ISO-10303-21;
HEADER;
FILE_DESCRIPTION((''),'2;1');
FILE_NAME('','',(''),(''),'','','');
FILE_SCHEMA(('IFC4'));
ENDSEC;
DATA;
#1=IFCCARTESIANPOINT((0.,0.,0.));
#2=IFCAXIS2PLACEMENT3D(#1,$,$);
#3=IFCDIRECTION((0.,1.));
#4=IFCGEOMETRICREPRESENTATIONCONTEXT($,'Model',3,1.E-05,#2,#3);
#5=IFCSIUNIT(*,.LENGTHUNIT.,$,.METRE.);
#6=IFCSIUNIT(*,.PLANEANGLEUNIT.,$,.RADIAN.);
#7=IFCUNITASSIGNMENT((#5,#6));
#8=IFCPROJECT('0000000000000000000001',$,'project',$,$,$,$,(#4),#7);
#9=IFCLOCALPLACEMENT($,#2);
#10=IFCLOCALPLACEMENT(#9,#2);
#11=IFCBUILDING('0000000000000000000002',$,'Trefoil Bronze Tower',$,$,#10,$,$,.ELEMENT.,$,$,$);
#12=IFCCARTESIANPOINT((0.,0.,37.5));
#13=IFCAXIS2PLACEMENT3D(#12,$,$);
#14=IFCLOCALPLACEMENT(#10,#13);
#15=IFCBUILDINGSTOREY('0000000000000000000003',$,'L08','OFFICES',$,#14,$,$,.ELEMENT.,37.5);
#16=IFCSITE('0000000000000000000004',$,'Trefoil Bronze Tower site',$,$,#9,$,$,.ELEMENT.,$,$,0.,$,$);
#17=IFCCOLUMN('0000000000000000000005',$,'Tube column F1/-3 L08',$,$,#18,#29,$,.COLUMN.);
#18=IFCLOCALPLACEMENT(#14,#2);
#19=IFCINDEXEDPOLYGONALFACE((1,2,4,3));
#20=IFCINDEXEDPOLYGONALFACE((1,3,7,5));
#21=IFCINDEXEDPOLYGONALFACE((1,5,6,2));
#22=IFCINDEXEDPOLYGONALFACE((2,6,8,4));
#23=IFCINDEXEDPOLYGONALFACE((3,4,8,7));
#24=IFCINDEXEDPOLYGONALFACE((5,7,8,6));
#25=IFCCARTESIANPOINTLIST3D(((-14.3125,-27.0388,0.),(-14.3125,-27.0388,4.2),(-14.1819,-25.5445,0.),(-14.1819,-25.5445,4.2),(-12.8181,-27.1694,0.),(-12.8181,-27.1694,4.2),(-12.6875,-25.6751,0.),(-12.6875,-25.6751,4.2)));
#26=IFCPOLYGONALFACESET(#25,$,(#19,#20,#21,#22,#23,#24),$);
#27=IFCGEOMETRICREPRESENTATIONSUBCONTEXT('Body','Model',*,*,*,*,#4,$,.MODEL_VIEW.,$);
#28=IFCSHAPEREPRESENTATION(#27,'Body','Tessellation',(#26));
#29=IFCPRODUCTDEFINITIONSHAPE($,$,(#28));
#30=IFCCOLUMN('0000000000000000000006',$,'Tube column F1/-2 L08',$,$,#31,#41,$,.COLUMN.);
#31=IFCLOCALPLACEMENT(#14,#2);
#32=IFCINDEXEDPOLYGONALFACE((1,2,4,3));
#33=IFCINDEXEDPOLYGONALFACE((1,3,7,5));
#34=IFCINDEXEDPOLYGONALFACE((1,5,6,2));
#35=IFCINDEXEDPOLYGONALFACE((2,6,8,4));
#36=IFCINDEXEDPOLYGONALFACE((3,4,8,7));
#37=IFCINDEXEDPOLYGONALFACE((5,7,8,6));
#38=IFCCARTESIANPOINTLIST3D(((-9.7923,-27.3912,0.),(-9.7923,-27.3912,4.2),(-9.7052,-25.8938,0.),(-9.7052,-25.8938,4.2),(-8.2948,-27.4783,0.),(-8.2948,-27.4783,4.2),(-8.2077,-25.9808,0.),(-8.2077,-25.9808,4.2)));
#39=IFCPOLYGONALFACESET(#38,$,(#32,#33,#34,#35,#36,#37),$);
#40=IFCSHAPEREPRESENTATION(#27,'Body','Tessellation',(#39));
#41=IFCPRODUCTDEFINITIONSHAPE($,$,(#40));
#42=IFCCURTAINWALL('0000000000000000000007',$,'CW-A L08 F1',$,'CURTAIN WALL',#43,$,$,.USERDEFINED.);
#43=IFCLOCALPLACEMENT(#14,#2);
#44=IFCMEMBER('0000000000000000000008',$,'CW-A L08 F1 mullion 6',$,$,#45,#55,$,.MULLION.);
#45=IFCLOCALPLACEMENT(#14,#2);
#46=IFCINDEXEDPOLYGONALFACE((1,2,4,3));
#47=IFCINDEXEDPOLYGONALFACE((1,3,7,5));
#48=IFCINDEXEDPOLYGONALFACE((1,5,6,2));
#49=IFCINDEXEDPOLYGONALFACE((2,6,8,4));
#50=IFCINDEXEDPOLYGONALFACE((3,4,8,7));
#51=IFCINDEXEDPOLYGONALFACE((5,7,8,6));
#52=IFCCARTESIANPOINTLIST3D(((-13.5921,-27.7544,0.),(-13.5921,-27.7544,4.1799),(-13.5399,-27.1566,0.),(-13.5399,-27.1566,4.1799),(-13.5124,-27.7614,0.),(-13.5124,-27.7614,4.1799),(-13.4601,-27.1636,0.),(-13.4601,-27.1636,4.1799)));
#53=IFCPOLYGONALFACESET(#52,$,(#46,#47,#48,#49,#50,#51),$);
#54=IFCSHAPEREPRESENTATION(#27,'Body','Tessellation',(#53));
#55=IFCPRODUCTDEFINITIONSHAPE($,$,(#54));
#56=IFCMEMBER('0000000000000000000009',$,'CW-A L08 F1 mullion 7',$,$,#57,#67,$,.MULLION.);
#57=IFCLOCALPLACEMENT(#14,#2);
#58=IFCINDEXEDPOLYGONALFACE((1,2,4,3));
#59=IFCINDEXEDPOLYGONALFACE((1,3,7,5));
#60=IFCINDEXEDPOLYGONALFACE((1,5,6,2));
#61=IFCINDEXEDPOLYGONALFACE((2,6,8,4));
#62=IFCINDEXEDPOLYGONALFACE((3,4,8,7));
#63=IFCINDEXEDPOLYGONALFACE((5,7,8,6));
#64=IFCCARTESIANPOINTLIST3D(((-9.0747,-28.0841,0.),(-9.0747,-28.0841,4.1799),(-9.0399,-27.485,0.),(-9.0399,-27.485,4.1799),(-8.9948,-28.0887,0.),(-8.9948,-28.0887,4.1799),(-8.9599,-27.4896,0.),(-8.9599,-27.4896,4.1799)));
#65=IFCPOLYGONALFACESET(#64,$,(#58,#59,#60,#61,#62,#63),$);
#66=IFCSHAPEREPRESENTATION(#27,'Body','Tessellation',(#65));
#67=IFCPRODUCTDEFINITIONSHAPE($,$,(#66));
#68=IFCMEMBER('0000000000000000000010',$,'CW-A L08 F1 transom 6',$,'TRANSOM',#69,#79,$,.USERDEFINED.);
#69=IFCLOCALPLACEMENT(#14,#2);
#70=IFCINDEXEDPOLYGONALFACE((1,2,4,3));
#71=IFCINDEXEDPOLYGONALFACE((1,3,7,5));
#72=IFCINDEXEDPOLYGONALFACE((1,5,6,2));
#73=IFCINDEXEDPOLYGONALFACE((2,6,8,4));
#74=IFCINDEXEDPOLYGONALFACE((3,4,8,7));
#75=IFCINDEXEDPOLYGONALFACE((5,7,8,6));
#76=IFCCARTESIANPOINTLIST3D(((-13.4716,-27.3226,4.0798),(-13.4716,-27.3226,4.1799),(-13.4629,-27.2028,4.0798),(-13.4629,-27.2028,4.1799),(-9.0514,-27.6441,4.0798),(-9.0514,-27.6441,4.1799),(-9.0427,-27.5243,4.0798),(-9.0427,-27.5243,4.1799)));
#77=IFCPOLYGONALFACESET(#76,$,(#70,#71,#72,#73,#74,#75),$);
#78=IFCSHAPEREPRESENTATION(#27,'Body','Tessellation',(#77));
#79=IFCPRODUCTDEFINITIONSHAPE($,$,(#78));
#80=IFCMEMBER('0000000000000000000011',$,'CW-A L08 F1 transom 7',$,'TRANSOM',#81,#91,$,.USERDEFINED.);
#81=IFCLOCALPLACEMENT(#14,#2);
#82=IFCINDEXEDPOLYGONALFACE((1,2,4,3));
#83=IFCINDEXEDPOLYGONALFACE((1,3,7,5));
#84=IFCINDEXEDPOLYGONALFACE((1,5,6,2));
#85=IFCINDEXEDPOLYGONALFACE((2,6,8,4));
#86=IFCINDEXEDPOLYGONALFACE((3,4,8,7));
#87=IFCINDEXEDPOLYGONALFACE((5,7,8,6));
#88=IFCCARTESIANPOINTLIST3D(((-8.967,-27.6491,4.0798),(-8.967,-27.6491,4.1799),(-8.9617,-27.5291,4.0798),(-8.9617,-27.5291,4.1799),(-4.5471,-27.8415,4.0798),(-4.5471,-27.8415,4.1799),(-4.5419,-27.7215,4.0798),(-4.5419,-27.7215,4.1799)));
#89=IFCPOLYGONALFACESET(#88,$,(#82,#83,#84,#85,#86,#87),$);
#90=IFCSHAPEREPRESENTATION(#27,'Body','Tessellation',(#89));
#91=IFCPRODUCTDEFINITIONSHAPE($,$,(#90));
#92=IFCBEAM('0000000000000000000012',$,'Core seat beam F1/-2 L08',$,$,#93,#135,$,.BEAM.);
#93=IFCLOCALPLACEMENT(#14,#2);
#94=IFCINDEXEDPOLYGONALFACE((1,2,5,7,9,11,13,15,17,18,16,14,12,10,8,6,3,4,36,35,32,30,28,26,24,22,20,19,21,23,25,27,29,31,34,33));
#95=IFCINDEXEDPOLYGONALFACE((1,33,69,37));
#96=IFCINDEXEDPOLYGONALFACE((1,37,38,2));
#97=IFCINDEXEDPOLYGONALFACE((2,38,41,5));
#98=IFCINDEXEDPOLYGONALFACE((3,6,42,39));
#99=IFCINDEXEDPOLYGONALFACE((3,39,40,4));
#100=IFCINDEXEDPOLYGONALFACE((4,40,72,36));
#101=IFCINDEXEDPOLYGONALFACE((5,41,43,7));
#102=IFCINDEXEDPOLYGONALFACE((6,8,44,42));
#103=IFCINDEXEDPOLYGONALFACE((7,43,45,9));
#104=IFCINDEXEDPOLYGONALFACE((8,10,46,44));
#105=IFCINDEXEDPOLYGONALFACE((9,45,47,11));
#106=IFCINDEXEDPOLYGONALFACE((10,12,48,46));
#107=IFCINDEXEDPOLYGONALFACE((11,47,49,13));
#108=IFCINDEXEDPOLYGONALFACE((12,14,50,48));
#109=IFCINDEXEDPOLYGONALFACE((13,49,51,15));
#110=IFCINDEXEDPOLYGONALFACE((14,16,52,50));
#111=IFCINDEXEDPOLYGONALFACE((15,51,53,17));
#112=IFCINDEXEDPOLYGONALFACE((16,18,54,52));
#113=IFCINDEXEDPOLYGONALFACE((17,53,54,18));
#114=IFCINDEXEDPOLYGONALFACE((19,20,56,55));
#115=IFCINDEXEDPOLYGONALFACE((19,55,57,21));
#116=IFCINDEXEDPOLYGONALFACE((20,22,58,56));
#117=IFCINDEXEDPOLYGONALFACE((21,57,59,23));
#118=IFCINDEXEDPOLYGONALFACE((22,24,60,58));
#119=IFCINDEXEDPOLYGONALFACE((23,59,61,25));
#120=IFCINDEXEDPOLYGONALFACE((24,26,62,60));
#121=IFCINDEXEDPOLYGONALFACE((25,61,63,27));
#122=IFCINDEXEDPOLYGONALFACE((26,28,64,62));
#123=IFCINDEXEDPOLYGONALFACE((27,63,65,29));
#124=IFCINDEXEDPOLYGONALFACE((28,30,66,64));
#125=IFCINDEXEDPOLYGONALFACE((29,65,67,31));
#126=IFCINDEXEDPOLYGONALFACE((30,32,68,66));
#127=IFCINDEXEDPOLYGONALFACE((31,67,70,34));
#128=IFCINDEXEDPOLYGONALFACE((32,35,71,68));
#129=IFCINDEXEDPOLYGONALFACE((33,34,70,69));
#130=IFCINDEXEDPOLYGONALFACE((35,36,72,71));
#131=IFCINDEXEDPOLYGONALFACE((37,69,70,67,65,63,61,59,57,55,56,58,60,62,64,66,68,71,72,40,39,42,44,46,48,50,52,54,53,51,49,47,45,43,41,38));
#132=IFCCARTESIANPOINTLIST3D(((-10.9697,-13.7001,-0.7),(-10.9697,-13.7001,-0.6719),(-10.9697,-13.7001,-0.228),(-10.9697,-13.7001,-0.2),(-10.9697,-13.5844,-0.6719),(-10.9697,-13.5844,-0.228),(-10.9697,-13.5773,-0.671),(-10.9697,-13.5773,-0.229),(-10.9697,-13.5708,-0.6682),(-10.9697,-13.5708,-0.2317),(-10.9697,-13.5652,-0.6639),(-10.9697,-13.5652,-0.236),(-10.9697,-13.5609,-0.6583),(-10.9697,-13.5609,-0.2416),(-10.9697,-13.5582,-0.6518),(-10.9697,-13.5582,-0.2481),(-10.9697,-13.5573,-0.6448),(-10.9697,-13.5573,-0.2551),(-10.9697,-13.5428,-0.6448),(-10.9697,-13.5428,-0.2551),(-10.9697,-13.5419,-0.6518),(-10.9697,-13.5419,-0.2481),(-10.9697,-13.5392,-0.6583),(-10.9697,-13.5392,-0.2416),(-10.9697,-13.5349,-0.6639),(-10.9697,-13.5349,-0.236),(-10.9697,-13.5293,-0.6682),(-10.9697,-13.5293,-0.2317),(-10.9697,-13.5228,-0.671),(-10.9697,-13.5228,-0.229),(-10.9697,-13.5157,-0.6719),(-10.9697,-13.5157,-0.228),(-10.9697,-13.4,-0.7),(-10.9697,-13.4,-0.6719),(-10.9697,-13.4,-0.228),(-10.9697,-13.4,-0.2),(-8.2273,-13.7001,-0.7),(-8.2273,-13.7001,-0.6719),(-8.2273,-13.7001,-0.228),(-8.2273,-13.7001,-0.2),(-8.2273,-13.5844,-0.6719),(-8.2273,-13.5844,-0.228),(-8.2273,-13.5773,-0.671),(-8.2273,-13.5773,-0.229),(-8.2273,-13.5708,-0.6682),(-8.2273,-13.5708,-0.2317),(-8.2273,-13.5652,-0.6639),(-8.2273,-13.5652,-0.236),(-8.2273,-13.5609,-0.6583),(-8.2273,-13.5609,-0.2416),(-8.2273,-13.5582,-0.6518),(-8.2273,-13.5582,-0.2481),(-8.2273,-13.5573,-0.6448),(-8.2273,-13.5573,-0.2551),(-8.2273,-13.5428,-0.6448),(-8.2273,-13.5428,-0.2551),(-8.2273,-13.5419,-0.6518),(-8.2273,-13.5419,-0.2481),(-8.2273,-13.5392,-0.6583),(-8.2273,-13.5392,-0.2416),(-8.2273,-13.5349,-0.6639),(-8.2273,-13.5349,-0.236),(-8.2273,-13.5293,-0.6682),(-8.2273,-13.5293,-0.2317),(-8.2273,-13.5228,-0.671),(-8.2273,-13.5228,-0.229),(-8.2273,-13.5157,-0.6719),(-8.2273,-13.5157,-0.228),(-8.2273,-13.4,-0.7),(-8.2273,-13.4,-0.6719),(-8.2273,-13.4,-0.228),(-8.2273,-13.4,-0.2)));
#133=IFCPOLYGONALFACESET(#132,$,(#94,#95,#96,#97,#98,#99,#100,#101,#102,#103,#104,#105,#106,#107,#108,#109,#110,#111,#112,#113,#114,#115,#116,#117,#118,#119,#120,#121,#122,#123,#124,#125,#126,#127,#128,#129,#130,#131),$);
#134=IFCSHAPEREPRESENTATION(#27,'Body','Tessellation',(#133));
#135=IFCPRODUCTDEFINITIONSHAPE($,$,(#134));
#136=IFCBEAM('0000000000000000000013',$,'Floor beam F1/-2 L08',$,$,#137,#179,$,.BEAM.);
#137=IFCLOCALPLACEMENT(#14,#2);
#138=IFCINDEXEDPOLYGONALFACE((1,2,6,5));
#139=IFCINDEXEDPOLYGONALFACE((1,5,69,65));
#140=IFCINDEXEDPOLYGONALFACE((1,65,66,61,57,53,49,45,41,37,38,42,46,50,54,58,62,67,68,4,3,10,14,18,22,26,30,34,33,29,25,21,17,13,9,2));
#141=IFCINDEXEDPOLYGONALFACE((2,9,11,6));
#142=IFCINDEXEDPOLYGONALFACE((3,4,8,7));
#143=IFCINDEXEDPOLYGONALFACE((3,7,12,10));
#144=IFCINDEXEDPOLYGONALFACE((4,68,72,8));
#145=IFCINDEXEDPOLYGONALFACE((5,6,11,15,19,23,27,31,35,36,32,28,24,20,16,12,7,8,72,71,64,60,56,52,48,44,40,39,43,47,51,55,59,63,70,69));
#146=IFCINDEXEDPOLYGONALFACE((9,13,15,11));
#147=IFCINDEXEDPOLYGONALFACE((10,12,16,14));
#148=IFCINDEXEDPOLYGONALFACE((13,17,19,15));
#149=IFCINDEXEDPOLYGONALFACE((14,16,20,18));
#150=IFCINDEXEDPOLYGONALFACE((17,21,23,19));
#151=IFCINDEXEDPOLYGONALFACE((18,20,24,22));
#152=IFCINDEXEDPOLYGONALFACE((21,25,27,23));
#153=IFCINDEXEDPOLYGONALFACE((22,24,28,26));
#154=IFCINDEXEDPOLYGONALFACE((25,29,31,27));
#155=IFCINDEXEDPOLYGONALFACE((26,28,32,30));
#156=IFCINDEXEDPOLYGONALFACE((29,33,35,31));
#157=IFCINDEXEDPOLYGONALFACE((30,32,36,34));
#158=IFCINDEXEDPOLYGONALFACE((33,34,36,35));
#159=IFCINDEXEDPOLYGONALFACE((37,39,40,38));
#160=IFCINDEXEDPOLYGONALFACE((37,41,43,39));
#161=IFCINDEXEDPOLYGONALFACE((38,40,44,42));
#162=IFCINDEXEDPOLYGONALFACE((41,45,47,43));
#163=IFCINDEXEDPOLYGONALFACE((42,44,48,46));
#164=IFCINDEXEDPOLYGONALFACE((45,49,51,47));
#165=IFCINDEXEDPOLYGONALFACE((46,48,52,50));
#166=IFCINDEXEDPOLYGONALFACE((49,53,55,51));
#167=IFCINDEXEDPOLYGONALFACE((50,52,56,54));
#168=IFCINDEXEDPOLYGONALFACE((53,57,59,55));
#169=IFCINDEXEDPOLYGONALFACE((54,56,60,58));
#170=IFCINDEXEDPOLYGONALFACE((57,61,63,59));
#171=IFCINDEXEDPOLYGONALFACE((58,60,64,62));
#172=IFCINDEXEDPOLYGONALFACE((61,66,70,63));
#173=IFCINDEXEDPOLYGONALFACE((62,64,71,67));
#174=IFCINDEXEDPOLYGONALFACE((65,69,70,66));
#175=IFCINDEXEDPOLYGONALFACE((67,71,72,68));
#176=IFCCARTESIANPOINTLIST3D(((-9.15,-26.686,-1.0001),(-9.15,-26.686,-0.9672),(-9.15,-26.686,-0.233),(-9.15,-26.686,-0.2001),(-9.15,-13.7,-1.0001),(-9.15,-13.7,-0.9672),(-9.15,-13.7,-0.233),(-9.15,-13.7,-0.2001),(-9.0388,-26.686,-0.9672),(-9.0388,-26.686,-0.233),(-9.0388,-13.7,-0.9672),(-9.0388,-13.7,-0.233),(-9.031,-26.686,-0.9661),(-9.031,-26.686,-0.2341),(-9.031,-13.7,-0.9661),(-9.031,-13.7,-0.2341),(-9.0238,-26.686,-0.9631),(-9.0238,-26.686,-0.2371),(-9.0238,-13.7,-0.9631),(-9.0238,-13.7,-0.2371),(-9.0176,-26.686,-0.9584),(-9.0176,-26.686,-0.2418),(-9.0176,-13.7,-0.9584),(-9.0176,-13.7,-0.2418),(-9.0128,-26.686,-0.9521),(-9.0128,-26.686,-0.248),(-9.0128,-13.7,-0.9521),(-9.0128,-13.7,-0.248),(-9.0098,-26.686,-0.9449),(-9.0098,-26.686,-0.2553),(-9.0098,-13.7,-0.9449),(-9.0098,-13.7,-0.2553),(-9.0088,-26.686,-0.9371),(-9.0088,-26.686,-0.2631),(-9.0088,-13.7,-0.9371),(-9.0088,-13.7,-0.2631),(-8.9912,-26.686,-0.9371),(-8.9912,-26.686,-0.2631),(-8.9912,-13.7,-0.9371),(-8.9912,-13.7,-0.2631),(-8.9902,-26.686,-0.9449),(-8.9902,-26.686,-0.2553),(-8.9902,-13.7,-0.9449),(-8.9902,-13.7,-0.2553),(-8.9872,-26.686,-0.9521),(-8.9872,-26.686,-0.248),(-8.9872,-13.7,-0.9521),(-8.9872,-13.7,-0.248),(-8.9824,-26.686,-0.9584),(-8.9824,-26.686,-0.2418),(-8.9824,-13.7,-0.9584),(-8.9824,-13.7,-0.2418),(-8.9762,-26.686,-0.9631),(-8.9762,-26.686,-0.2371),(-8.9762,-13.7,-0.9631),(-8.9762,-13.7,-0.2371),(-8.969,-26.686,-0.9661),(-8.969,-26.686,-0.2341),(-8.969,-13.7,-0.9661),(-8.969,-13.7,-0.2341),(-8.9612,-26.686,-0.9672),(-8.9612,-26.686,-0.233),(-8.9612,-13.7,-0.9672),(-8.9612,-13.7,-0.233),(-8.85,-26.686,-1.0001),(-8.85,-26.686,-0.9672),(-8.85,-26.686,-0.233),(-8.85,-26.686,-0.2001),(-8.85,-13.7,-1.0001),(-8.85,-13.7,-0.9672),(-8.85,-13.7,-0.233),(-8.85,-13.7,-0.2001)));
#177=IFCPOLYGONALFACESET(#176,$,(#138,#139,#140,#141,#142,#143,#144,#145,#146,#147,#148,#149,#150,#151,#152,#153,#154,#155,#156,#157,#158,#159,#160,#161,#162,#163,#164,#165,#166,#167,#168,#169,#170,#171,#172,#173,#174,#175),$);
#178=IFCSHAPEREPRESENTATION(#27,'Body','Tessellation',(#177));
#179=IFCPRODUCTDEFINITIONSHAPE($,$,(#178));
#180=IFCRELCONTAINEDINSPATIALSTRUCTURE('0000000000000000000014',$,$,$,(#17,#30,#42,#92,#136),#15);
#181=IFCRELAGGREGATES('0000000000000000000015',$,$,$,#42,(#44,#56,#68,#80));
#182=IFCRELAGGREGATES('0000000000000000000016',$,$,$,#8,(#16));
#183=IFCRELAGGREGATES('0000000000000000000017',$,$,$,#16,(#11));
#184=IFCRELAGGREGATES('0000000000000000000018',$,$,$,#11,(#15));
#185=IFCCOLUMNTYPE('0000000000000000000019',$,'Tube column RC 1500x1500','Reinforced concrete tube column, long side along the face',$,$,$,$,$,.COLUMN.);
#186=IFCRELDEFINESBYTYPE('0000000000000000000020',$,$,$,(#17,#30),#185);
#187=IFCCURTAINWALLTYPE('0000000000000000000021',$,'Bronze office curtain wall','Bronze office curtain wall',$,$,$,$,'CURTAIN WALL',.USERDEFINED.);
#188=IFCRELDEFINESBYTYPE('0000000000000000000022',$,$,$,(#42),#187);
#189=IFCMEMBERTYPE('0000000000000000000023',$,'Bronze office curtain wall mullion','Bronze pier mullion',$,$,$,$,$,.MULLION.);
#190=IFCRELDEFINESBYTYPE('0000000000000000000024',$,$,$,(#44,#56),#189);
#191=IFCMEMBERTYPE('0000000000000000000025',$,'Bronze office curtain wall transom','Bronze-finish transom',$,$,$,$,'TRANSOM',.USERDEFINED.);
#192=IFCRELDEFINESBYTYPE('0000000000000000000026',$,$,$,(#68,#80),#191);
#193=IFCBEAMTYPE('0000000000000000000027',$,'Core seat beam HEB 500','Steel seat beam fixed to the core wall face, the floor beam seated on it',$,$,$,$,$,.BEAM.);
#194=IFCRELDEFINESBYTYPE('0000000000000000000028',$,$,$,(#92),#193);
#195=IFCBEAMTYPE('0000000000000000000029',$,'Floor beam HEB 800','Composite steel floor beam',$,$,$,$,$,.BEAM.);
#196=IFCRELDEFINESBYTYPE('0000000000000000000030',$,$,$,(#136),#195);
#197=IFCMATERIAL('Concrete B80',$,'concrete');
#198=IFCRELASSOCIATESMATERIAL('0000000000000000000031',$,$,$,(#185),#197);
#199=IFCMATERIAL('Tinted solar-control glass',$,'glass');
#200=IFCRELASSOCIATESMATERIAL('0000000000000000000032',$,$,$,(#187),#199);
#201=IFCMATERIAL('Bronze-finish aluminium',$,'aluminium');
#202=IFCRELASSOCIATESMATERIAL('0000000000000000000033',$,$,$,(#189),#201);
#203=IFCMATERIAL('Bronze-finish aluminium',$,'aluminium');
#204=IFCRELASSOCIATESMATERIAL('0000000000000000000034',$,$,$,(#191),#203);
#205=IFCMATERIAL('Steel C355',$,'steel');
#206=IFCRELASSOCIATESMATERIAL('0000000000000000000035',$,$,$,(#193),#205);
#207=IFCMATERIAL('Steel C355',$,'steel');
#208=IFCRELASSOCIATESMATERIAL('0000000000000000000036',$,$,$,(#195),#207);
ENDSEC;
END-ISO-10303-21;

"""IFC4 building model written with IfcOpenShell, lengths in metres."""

from ifc_helpers import new_model, si_unit, direction, frame, origin, origin_2d, place, context, subcontext, project, spatial, rectangle, i_section, extrude, material, material_profile, profile_set, type_object, element, aggregate, save


model = new_model("IFC4")

# Units and contexts
model_context = context("Model", 3, precision=1e-05, world=origin(), true_north=direction((0.0, 1.0)))
body_context = subcontext(model_context, "Body", "Model", "MODEL_VIEW")
ifc_project = project(units=[si_unit("LENGTHUNIT", "METRE"), si_unit("PLANEANGLEUNIT", "RADIAN")], contexts=[model_context])

# Site, building, storey
site_placement = place(None, origin())
site = spatial("IfcSite", under=ifc_project, at=site_placement, Name="Trefoil Bronze Tower site", CompositionType="ELEMENT", RefElevation=0.0)
building_placement = place(site_placement, origin())
building = spatial("IfcBuilding", under=site, at=building_placement, Name="Trefoil Bronze Tower", CompositionType="ELEMENT")
storey_placement = place(building_placement, frame((0.0, 0.0, 37.5)))
storey = spatial("IfcBuildingStorey", under=building, at=storey_placement, Name="L08", Description="OFFICES", CompositionType="ELEMENT", Elevation=37.5)

# Columns
ifc_material_1 = material(Name="Concrete B80", Category="concrete")
ifc_material_profile_1 = material_profile(ifc_material_1, rectangle(XDim=1.5, YDim=1.5, at=origin_2d()), Name="RC 1500x1500")
ifc_profile_set_1 = profile_set([ifc_material_profile_1], Name="Concrete B80")
column_type = type_object("IfcColumnType", Name="Tube column RC 1500x1500", Description="Reinforced concrete tube column, long side along the face", PredefinedType="COLUMN", material=ifc_profile_set_1)
for number, where, z_axis, x_axis, name in (
    (1, (-13.5, -26.3569, 0.0), (0.0, 0.0, 1.0), (0.996203, -0.087065, 0.0), "Tube column F1/-3 L08"),
    (2, (-9.0, -26.686, 0.0), (0.0, 0.0, 1.0), (0.998314, -0.058043, 0.0), "Tube column F1/-2 L08"),
):
    element("IfcColumn", number, at=place(storey_placement, frame(where, z_axis=z_axis, x_axis=x_axis)), inside=storey, type_object=column_type, Name=name, PredefinedType="COLUMN", context=body_context, shape_type="SweptSolid", body=[
        extrude(rectangle(XDim=1.5, YDim=1.5, at=origin_2d()), origin(), (0.0, 0.0, 1.0), 4.2),
    ])

# Curtain wall, members
ifc_material_2 = material(Name="Tinted solar-control glass", Category="glass")
curtain_wall_type = type_object("IfcCurtainWallType", Name="Bronze office curtain wall", Description="Bronze office curtain wall", ElementType="CURTAIN WALL", PredefinedType="USERDEFINED", material=ifc_material_2)
curtain_wall_placement = place(storey_placement, origin())
curtain_wall = element("IfcCurtainWall", 3, at=curtain_wall_placement, inside=storey, type_object=curtain_wall_type, Name="CW-A L08 F1", ObjectType="CURTAIN WALL", PredefinedType="USERDEFINED")
ifc_material_3 = material(Name="Bronze-finish aluminium", Category="aluminium")
ifc_material_profile_2 = material_profile(ifc_material_3, rectangle(XDim=0.6001, YDim=0.0801, at=origin_2d()), Name="CW-A mullion")
ifc_profile_set_2 = profile_set([ifc_material_profile_2], Name="Bronze-finish aluminium")
member_type_1 = type_object("IfcMemberType", Name="Bronze office curtain wall mullion", Description="Bronze pier mullion", PredefinedType="MULLION", material=ifc_profile_set_2)
member_1_placement = place(storey_placement, frame((-13.5261, -27.459, 0.0), z_axis=(0.0, 0.0, 1.0), x_axis=(0.087065, 0.996203, 0.0)))
member_1 = element("IfcMember", 4, at=member_1_placement, type_object=member_type_1, Name="CW-A L08 F1 mullion 6", PredefinedType="MULLION", context=body_context, shape_type="SweptSolid", body=[
    extrude(rectangle(XDim=0.6001, YDim=0.0801, at=origin_2d()), origin(), (0.0, 0.0, 1.0), 4.1799),
])
member_2_placement = place(storey_placement, frame((-9.0173, -27.7869, 0.0), z_axis=(0.0, 0.0, 1.0), x_axis=(0.058043, 0.998314, 0.0)))
member_2 = element("IfcMember", 5, at=member_2_placement, type_object=member_type_1, Name="CW-A L08 F1 mullion 7", PredefinedType="MULLION", context=body_context, shape_type="SweptSolid", body=[
    extrude(rectangle(XDim=0.6001, YDim=0.0801, at=origin_2d()), origin(), (0.0, 0.0, 1.0), 4.1799),
])
ifc_material_4 = material(Name="Bronze-finish aluminium", Category="aluminium")
ifc_material_profile_3 = material_profile(ifc_material_4, rectangle(XDim=0.1201, YDim=0.1001, at=origin_2d()), Name="CW-A transom")
ifc_profile_set_3 = profile_set([ifc_material_profile_3], Name="Bronze-finish aluminium")
member_type_2 = type_object("IfcMemberType", Name="Bronze office curtain wall transom", Description="Bronze-finish transom", ElementType="TRANSOM", PredefinedType="USERDEFINED", material=ifc_profile_set_3)
member_3_placement = place(storey_placement, frame((-13.4673, -27.2627, 4.1299), z_axis=(0.997365, -0.072551, 0.0), x_axis=(0.072551, 0.997365, 0.0)))
member_3 = element("IfcMember", 6, at=member_3_placement, type_object=member_type_2, Name="CW-A L08 F1 transom 6", ObjectType="TRANSOM", PredefinedType="USERDEFINED", context=body_context, shape_type="SweptSolid", body=[
    extrude(rectangle(XDim=0.1201, YDim=0.1001, at=origin_2d()), origin(), (0.0, 0.0, 1.0), 4.4319),
])
member_4_placement = place(storey_placement, frame((-8.9644, -27.5891, 4.1299), z_axis=(0.999054, -0.043485, 0.0), x_axis=(0.043485, 0.999054, 0.0)))
member_4 = element("IfcMember", 7, at=member_4_placement, type_object=member_type_2, Name="CW-A L08 F1 transom 7", ObjectType="TRANSOM", PredefinedType="USERDEFINED", context=body_context, shape_type="SweptSolid", body=[
    extrude(rectangle(XDim=0.1201, YDim=0.1001, at=origin_2d()), origin(), (0.0, 0.0, 1.0), 4.4241),
])

# Beams
ifc_material_5 = material(Name="Steel C355", Category="steel")
ifc_material_profile_4 = material_profile(ifc_material_5, i_section(OverallWidth=0.3, OverallDepth=0.5, WebThickness=0.0144, FlangeThickness=0.0281, FilletRadius=0.0271, at=origin_2d()), Name="HEB 500")
ifc_profile_set_4 = profile_set([ifc_material_profile_4], Name="Steel C355")
beam_type_1 = type_object("IfcBeamType", Name="Core seat beam HEB 500", Description="Steel seat beam fixed to the core wall face, the floor beam seated on it", PredefinedType="BEAM", material=ifc_profile_set_4)
beam_1_placement = place(storey_placement, frame((-10.9697, -13.55, -0.45), z_axis=(1.0, 0.0, 0.0), x_axis=(0.0, 1.0, 0.0)))
element("IfcBeam", 8, at=beam_1_placement, inside=storey, type_object=beam_type_1, Name="Core seat beam F1/-2 L08", PredefinedType="BEAM", context=body_context, shape_type="SweptSolid", body=[
    extrude(i_section(OverallWidth=0.3, OverallDepth=0.5, WebThickness=0.0144, FlangeThickness=0.0281, FilletRadius=0.0271, at=origin_2d()), origin(), (0.0, 0.0, 1.0), 2.7424),
])
ifc_material_6 = material(Name="Steel C355", Category="steel")
ifc_material_profile_5 = material_profile(ifc_material_6, i_section(OverallWidth=0.3, OverallDepth=0.8, WebThickness=0.0176, FlangeThickness=0.033, FilletRadius=0.03, at=origin_2d()), Name="HEB 800")
ifc_profile_set_5 = profile_set([ifc_material_profile_5], Name="Steel C355")
beam_type_2 = type_object("IfcBeamType", Name="Floor beam HEB 800", Description="Composite steel floor beam", PredefinedType="BEAM", material=ifc_profile_set_5)
beam_2_placement = place(storey_placement, frame((-9.0, -26.686, -0.6001), z_axis=(0.0, 1.0, 0.0), x_axis=(-1.0, 0.0, 0.0)))
element("IfcBeam", 9, at=beam_2_placement, inside=storey, type_object=beam_type_2, Name="Floor beam F1/-2 L08", PredefinedType="BEAM", context=body_context, shape_type="SweptSolid", body=[
    extrude(i_section(OverallWidth=0.3, OverallDepth=0.8, WebThickness=0.0176, FlangeThickness=0.033, FilletRadius=0.03, at=origin_2d()), origin(), (0.0, 0.0, 1.0), 12.9861),
])

aggregate(curtain_wall, [member_1, member_2, member_3, member_4])

save(model, "model.ifc")
